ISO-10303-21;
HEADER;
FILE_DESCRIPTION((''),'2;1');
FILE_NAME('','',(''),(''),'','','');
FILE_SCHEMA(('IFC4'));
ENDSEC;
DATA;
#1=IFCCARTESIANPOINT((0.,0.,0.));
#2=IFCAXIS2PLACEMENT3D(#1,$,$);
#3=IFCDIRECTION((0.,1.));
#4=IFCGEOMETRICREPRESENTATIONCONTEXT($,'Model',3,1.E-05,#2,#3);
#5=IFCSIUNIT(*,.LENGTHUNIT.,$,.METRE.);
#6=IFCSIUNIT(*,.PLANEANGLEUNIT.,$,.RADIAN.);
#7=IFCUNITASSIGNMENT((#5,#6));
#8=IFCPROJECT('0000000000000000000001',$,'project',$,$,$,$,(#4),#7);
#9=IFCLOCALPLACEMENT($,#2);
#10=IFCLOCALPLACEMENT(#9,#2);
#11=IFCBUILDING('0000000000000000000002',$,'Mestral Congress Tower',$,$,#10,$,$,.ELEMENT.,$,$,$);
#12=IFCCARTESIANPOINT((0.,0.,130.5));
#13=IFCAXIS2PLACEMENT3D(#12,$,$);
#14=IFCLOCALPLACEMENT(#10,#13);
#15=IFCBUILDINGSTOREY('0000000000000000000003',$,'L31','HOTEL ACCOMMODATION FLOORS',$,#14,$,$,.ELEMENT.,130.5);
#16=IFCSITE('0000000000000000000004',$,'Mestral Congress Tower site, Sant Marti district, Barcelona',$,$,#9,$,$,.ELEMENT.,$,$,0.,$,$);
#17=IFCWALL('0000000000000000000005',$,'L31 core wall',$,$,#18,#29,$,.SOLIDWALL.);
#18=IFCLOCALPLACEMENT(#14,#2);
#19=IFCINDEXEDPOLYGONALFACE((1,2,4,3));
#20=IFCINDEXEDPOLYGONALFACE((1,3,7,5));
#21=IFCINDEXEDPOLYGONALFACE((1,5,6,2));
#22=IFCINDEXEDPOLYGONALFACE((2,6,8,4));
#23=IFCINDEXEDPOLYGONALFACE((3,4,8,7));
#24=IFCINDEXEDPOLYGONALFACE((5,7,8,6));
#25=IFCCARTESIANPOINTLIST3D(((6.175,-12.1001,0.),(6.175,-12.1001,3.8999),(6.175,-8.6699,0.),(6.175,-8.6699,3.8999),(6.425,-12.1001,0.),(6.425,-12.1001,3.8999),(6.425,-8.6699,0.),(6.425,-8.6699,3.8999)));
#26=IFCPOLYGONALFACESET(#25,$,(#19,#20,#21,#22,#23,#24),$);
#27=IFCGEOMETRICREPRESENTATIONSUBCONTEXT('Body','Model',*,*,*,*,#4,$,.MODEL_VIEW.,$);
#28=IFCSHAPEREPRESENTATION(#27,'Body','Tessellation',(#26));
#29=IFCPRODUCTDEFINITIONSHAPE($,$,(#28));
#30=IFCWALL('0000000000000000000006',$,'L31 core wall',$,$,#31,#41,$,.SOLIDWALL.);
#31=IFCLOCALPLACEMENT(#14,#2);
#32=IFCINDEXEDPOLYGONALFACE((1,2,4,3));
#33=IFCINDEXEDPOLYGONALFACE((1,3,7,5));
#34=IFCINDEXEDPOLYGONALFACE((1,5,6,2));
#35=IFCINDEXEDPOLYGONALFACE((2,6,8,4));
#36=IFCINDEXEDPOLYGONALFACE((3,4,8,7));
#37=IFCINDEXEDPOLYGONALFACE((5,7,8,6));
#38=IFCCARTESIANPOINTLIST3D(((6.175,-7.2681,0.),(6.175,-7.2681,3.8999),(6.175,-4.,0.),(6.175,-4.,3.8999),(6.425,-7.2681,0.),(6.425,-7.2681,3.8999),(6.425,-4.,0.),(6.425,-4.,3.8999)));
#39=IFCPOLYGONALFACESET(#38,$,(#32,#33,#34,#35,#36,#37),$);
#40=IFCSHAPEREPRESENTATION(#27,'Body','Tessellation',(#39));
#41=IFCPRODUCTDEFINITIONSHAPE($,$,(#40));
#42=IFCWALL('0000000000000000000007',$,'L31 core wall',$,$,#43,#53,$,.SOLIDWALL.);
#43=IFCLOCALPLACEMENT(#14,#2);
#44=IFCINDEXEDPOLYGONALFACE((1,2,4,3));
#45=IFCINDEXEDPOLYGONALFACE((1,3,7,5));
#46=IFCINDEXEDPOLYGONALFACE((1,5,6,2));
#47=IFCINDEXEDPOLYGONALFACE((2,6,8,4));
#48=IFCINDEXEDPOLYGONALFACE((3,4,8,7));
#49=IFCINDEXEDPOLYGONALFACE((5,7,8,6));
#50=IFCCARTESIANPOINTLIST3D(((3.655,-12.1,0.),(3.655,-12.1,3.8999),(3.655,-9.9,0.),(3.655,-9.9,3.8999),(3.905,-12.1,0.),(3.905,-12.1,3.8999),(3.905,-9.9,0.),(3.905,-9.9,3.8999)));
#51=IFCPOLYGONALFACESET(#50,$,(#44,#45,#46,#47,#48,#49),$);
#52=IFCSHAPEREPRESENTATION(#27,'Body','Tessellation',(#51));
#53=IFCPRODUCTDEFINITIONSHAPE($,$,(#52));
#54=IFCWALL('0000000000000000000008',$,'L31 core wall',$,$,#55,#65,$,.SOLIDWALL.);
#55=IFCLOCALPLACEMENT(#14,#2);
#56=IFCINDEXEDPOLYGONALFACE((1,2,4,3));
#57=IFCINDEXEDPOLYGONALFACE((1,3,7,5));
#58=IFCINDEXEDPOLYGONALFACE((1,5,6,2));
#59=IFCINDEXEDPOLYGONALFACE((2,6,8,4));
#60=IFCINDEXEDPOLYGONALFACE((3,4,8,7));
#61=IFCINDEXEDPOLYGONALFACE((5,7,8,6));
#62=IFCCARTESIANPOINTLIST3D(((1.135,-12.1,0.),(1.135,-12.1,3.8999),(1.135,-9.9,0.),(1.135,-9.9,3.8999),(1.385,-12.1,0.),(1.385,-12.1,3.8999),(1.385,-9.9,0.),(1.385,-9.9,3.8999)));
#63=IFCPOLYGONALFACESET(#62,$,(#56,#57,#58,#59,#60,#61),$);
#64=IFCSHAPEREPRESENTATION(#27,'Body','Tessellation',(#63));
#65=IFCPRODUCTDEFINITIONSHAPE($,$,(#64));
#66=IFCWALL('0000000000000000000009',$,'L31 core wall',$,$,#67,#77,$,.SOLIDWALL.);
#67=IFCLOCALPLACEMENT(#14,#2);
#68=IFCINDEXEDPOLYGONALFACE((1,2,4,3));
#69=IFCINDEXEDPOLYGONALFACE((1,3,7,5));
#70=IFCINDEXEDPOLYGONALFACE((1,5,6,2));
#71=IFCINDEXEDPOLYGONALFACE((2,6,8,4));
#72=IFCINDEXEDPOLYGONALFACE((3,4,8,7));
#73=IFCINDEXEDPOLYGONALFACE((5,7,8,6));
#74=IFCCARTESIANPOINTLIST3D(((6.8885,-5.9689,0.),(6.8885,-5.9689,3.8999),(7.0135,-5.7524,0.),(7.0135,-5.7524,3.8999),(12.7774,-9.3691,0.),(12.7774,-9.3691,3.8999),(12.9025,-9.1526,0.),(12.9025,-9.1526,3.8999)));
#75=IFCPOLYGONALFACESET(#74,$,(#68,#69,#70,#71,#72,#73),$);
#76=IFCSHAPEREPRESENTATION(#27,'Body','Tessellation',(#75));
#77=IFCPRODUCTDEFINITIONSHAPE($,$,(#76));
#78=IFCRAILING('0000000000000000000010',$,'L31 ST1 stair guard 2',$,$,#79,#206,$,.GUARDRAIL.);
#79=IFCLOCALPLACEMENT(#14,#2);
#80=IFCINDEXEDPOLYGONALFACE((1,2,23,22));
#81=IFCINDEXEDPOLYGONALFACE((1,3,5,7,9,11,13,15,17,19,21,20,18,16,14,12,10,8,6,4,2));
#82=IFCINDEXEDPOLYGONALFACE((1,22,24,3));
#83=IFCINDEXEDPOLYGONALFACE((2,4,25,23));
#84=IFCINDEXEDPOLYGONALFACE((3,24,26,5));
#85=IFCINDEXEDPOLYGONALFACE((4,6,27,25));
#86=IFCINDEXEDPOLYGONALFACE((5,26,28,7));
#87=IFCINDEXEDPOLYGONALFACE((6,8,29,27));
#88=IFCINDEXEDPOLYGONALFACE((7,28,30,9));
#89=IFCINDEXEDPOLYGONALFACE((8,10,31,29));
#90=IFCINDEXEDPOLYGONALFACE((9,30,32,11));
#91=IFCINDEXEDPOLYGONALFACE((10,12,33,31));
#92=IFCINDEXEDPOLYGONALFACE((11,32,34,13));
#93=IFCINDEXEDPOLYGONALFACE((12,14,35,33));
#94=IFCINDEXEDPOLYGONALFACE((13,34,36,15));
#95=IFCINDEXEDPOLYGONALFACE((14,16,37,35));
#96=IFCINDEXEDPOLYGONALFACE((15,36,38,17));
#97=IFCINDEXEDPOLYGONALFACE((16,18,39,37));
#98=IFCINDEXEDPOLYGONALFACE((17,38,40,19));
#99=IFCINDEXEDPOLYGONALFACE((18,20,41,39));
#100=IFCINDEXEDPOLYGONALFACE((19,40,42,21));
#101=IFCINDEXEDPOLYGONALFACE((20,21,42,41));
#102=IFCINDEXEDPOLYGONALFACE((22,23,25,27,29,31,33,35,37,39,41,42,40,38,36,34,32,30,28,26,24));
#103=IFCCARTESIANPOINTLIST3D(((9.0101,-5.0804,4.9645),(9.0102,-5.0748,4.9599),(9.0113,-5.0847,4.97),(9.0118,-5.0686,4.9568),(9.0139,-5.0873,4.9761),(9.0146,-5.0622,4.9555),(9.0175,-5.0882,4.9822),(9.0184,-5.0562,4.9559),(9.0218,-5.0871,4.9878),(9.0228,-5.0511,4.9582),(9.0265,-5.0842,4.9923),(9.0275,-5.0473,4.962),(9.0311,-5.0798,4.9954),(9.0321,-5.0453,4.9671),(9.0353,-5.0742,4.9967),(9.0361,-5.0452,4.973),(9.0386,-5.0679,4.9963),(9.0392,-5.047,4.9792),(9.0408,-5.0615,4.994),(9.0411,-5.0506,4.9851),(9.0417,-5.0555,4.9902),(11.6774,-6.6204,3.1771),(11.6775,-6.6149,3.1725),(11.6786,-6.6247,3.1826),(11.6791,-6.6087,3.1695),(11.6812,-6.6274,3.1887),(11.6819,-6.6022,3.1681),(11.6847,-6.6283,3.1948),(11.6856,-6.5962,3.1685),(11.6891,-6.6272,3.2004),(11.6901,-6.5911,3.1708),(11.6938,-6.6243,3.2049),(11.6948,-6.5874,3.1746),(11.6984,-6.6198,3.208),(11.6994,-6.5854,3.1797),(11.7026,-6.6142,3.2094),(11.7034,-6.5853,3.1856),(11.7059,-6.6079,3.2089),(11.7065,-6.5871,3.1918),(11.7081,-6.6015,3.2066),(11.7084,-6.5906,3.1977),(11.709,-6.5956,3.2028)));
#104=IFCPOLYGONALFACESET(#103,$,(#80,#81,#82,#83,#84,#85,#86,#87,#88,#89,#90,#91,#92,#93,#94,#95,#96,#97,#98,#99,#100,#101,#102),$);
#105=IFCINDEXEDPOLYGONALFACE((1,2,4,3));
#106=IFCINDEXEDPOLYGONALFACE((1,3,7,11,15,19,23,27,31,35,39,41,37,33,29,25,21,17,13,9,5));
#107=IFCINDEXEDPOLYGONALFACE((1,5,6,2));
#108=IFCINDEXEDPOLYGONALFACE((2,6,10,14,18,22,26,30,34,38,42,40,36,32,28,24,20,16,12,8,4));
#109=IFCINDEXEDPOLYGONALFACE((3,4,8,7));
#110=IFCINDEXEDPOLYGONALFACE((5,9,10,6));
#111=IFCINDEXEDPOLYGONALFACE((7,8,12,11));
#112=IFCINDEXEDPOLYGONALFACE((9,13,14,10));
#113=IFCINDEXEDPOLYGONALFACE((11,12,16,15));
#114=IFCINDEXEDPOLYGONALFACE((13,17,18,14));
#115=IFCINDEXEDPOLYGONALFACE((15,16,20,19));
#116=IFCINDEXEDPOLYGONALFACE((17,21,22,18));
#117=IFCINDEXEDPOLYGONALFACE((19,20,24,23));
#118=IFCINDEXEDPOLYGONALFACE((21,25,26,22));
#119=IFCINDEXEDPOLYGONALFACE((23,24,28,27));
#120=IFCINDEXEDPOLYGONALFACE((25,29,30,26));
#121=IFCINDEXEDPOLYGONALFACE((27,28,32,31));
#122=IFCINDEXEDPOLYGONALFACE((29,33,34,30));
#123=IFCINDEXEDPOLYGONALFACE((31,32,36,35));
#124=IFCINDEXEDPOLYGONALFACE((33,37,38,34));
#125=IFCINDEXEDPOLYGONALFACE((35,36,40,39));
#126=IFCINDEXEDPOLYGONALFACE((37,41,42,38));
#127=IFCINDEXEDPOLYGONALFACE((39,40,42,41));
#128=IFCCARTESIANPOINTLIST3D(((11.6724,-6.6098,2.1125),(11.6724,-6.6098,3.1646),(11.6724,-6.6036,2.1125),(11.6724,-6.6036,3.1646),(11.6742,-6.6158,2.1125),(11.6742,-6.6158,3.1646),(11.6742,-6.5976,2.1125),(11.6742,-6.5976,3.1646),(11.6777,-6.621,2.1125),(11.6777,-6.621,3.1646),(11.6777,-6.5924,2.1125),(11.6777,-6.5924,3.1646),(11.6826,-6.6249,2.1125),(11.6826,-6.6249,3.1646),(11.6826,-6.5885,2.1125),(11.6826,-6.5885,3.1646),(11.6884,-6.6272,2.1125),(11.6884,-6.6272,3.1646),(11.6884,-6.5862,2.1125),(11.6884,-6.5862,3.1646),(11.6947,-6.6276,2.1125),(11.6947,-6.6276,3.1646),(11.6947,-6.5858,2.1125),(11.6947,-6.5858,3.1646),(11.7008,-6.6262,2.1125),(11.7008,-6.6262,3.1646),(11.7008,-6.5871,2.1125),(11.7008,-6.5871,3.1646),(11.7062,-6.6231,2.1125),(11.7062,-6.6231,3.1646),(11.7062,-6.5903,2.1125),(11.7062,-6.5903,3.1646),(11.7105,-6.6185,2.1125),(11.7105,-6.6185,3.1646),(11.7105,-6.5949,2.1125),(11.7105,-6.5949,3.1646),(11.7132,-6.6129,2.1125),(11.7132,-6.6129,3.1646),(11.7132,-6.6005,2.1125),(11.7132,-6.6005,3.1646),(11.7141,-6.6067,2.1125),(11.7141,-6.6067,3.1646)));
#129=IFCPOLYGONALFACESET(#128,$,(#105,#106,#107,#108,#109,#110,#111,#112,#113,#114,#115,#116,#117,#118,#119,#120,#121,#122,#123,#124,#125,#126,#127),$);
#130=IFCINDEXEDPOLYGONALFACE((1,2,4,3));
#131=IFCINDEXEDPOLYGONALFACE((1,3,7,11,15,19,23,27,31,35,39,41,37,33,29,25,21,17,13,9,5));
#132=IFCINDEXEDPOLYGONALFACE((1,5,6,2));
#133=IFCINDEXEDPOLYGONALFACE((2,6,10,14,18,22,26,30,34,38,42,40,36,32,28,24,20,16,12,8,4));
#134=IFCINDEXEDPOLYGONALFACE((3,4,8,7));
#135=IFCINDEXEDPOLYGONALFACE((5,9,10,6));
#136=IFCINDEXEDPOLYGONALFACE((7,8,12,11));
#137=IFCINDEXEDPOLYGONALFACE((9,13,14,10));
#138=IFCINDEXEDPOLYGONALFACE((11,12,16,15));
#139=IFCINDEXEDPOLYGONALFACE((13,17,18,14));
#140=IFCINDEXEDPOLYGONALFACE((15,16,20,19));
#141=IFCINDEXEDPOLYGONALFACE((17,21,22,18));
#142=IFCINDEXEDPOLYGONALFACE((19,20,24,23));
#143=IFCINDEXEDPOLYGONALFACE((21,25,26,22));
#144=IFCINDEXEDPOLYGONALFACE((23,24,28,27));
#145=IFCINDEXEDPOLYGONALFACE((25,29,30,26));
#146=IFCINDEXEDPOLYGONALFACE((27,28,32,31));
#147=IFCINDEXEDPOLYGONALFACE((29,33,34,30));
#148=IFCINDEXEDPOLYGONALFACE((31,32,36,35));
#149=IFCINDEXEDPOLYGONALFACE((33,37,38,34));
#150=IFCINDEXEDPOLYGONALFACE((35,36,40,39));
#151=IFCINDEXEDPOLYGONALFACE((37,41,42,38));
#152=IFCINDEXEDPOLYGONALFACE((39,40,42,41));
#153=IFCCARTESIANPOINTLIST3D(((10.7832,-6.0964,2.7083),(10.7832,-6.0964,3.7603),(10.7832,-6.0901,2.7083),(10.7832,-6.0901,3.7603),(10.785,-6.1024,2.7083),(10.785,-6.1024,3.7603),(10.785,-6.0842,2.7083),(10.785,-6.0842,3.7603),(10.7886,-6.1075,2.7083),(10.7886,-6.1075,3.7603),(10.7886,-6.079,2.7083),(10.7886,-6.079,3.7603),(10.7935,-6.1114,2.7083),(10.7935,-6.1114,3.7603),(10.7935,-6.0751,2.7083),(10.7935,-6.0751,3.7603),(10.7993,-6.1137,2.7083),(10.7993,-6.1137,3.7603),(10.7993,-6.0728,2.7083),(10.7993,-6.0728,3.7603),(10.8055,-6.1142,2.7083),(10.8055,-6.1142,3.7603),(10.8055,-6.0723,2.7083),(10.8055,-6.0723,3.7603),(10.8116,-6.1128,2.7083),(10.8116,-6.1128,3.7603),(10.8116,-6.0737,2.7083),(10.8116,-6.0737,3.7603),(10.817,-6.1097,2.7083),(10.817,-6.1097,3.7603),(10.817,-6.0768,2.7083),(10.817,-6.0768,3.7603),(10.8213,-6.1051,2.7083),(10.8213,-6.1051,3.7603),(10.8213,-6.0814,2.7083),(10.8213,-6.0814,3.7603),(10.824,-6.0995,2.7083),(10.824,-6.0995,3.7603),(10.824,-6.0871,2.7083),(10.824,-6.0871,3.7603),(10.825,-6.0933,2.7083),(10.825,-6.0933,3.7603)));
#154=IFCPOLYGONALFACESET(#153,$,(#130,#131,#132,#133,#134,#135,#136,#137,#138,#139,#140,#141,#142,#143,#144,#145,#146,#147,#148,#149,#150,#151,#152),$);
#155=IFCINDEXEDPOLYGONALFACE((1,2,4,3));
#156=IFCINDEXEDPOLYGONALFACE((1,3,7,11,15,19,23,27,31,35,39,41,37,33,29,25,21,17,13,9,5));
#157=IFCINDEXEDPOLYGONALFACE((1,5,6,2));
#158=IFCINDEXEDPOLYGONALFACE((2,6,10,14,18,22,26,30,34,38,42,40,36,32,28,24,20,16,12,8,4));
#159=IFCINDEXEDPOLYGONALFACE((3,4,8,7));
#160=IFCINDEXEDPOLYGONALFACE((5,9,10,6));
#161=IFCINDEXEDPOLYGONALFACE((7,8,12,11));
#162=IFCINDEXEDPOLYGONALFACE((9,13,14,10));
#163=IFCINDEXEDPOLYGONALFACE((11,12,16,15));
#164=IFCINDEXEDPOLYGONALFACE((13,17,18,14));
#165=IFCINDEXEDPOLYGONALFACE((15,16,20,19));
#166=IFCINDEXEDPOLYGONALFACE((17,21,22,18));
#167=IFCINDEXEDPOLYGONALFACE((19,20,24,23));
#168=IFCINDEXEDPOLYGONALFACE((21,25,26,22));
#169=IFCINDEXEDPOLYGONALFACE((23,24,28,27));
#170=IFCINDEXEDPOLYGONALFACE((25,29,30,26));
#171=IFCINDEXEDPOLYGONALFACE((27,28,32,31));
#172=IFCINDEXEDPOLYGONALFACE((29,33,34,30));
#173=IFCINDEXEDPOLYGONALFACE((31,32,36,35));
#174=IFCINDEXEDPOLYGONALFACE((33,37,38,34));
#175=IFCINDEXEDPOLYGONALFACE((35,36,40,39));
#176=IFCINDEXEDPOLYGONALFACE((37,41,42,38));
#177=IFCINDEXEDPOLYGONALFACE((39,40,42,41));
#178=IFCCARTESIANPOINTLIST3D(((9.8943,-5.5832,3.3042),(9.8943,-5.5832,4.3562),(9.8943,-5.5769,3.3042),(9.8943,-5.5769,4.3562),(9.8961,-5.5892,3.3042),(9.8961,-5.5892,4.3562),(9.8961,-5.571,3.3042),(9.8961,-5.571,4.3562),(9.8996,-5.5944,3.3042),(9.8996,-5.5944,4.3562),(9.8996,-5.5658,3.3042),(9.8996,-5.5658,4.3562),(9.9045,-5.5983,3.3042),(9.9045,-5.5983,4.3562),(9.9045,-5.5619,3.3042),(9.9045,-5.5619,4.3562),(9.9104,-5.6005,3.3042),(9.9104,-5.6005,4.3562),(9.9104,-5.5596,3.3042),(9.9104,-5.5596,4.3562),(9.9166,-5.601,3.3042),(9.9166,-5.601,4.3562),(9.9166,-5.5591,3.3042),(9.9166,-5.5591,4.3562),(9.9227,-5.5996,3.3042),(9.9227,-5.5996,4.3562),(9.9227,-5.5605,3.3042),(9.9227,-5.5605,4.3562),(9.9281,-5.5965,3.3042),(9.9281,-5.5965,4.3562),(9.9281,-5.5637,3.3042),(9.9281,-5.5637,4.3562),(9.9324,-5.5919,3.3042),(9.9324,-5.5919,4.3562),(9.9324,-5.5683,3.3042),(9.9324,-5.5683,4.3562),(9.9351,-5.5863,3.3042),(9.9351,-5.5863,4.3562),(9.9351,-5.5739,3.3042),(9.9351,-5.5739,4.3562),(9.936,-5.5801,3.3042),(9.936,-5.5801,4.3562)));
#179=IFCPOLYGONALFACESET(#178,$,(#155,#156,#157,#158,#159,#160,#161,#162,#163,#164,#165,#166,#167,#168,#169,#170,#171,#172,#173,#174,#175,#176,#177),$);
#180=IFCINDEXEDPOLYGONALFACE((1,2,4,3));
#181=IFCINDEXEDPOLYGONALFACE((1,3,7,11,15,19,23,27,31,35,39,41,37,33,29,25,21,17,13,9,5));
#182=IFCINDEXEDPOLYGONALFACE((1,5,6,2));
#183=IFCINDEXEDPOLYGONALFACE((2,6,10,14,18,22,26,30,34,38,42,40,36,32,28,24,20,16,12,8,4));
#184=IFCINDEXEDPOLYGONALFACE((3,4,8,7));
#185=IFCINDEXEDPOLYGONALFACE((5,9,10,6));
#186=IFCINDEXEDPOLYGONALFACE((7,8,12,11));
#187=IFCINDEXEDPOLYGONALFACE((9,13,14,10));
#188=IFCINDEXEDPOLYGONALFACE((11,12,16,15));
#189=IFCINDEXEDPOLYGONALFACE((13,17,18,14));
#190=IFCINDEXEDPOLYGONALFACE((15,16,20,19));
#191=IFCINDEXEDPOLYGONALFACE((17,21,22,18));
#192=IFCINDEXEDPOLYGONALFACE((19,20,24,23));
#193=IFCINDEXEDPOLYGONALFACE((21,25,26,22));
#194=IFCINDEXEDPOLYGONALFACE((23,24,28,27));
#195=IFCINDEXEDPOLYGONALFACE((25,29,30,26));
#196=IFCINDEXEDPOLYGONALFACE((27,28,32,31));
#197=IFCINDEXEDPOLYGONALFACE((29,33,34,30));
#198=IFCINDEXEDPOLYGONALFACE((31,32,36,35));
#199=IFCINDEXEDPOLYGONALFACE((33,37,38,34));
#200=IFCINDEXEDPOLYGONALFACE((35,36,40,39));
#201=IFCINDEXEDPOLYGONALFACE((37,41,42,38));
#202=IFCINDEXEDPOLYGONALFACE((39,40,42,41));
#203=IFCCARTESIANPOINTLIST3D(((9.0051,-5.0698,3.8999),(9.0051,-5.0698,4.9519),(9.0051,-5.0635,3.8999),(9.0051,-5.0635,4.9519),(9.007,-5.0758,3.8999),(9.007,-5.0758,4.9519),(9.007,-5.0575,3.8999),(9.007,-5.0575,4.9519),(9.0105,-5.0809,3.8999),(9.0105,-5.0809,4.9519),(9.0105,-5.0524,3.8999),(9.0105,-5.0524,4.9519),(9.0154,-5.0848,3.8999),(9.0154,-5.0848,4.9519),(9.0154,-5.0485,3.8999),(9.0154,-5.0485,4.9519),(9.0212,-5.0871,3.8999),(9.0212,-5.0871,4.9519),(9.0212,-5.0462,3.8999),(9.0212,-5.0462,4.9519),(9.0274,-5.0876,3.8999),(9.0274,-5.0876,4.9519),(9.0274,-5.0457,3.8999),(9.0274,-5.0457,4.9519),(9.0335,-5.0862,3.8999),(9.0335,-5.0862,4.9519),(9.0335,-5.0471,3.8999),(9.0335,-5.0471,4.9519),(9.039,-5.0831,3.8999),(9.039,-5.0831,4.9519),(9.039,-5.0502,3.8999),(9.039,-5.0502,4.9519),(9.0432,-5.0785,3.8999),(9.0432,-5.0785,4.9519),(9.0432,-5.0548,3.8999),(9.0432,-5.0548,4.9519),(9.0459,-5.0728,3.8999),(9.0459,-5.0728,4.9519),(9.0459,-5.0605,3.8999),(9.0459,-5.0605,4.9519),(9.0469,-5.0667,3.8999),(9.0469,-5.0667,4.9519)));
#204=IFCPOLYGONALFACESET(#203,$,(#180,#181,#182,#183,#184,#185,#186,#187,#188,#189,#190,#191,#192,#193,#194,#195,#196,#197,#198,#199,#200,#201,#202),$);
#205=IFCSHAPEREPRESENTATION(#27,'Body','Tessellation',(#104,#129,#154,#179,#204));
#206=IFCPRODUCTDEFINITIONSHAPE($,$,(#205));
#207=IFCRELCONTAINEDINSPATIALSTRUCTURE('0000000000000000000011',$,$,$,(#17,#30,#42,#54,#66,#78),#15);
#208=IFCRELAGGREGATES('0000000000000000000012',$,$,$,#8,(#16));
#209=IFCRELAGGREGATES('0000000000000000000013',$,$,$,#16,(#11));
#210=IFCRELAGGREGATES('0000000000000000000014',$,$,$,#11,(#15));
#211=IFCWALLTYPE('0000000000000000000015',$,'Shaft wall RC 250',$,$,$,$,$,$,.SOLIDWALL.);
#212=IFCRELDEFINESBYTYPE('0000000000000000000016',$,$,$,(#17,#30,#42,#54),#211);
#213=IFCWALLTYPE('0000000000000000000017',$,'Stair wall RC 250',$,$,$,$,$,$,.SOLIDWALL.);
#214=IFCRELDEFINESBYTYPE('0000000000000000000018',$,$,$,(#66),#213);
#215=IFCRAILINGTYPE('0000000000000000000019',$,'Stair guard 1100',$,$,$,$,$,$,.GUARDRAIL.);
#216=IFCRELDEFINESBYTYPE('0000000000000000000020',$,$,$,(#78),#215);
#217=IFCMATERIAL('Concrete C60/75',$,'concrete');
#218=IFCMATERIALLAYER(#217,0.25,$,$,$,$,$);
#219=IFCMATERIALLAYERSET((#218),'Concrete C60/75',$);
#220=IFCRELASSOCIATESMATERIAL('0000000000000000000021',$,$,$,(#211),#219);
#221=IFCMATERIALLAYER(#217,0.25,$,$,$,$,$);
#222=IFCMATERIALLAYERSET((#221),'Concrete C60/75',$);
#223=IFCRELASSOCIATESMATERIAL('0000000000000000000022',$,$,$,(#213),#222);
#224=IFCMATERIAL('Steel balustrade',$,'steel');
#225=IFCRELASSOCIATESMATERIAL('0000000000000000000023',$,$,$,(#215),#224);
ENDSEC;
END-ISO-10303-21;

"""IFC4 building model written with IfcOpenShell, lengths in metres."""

from ifc_helpers import new_model, si_unit, direction, frame, frame_2d, origin, origin_2d, place, context, subcontext, project, spatial, rectangle, circle, extrude, material, layer, layer_set, type_object, element, save


model = new_model("IFC4")

# Units and contexts
model_context = context("Model", 3, precision=1e-05, world=origin(), true_north=direction((0.0, 1.0)))
body_context = subcontext(model_context, "Body", "Model", "MODEL_VIEW")
ifc_project = project(units=[si_unit("LENGTHUNIT", "METRE"), si_unit("PLANEANGLEUNIT", "RADIAN")], contexts=[model_context])

# Site, building, storey
site_placement = place(None, origin())
site = spatial("IfcSite", under=ifc_project, at=site_placement, Name="Mestral Congress Tower site, Sant Marti district, Barcelona", CompositionType="ELEMENT", RefElevation=0.0)
building_placement = place(site_placement, origin())
building = spatial("IfcBuilding", under=site, at=building_placement, Name="Mestral Congress Tower", CompositionType="ELEMENT")
storey_placement = place(building_placement, frame((0.0, 0.0, 130.5)))
storey = spatial("IfcBuildingStorey", under=building, at=storey_placement, Name="L31", Description="HOTEL ACCOMMODATION FLOORS", CompositionType="ELEMENT", Elevation=130.5)

# Shared definitions
ifc_material_1 = material(Name="Concrete C60/75", Category="concrete")

# Walls
ifc_layer_1 = layer(ifc_material_1, 0.25)
ifc_layer_set_1 = layer_set([ifc_layer_1], Name="Concrete C60/75")
wall_type_1 = type_object("IfcWallType", Name="Shaft wall RC 250", PredefinedType="SOLIDWALL", material=ifc_layer_set_1)
wall_1_placement = place(storey_placement, frame((6.3, -8.6699, 0.0), z_axis=(0.0, 0.0, 1.0), x_axis=(0.0, -1.0, 0.0)))
element("IfcWall", 1, at=wall_1_placement, inside=storey, type_object=wall_type_1, Name="L31 core wall", PredefinedType="SOLIDWALL", context=body_context, shape_type="SweptSolid", body=[
    extrude(rectangle(XDim=3.4302, YDim=0.25, at=frame_2d((1.7151, 0.0))), origin(), (0.0, 0.0, 1.0), 3.8999),
])
wall_2_placement = place(storey_placement, frame((6.3, -7.2681, 0.0), z_axis=(0.0, 0.0, 1.0), x_axis=(0.0, 1.0, 0.0)))
element("IfcWall", 2, at=wall_2_placement, inside=storey, type_object=wall_type_1, Name="L31 core wall", PredefinedType="SOLIDWALL", context=body_context, shape_type="SweptSolid", body=[
    extrude(rectangle(XDim=3.2681, YDim=0.25, at=frame_2d((1.634, 0.0))), origin(), (0.0, 0.0, 1.0), 3.8999),
])
for number, where, z_axis, x_axis, name in (
    (3, (3.78, -12.1001, 0.0), (0.0, 0.0, 1.0), (0.0, 1.0, 0.0), "L31 core wall"),
    (4, (1.26, -12.1001, 0.0), (0.0, 0.0, 1.0), (0.0, 1.0, 0.0), "L31 core wall"),
):
    element("IfcWall", number, at=place(storey_placement, frame(where, z_axis=z_axis, x_axis=x_axis)), inside=storey, type_object=wall_type_1, Name=name, PredefinedType="SOLIDWALL", context=body_context, shape_type="SweptSolid", body=[
        extrude(rectangle(XDim=2.2, YDim=0.25, at=frame_2d((1.1001, 0.0))), origin(), (0.0, 0.0, 1.0), 3.8999),
    ])
ifc_layer_2 = layer(ifc_material_1, 0.25)
ifc_layer_set_2 = layer_set([ifc_layer_2], Name="Concrete C60/75")
wall_type_2 = type_object("IfcWallType", Name="Stair wall RC 250", PredefinedType="SOLIDWALL", material=ifc_layer_set_2)
wall_3_placement = place(storey_placement, frame((12.8398, -9.2607, 0.0), z_axis=(0.0, 0.0, 1.0), x_axis=(-0.866014, 0.50002, 0.0)))
element("IfcWall", 5, at=wall_3_placement, inside=storey, type_object=wall_type_2, Name="L31 core wall", PredefinedType="SOLIDWALL", context=body_context, shape_type="SweptSolid", body=[
    extrude(rectangle(XDim=6.8, YDim=0.25, at=frame_2d((3.3999, 0.0))), origin(), (0.0, 0.0, 1.0), 3.8999),
])

# Railing
ifc_material_2 = material(Name="Steel balustrade", Category="steel")
railing_type = type_object("IfcRailingType", Name="Stair guard 1100", PredefinedType="GUARDRAIL", material=ifc_material_2)
railing_placement = place(storey_placement, frame((11.6931, -6.6067, 2.1125)))
element("IfcRailing", 6, at=railing_placement, inside=storey, type_object=railing_type, Name="L31 ST1 stair guard 2", PredefinedType="GUARDRAIL", context=body_context, shape_type="SweptSolid", body=[
    extrude(circle(Radius=0.0239, at=origin_2d()), frame((0.0, 0.0, 1.0762), z_axis=(-0.74902, 0.432477, 0.501929), x_axis=(-0.500027, -0.86601, 0.0)), (0.0, 0.0, 1.0), 3.561),
    extrude(circle(Radius=0.021, at=origin_2d()), origin(), (0.0, 0.0, 1.0), 1.052),
    extrude(circle(Radius=0.021, at=origin_2d()), frame((-0.8892, 0.5134, 0.5957)), (0.0, 0.0, 1.0), 1.052),
    extrude(circle(Radius=0.021, at=origin_2d()), frame((-1.7781, 1.0266, 1.1917)), (0.0, 0.0, 1.0), 1.052),
    extrude(circle(Radius=0.021, at=origin_2d()), frame((-2.6672, 1.54, 1.7874)), (0.0, 0.0, 1.0), 1.052),
])

save(model, "model.ifc")
